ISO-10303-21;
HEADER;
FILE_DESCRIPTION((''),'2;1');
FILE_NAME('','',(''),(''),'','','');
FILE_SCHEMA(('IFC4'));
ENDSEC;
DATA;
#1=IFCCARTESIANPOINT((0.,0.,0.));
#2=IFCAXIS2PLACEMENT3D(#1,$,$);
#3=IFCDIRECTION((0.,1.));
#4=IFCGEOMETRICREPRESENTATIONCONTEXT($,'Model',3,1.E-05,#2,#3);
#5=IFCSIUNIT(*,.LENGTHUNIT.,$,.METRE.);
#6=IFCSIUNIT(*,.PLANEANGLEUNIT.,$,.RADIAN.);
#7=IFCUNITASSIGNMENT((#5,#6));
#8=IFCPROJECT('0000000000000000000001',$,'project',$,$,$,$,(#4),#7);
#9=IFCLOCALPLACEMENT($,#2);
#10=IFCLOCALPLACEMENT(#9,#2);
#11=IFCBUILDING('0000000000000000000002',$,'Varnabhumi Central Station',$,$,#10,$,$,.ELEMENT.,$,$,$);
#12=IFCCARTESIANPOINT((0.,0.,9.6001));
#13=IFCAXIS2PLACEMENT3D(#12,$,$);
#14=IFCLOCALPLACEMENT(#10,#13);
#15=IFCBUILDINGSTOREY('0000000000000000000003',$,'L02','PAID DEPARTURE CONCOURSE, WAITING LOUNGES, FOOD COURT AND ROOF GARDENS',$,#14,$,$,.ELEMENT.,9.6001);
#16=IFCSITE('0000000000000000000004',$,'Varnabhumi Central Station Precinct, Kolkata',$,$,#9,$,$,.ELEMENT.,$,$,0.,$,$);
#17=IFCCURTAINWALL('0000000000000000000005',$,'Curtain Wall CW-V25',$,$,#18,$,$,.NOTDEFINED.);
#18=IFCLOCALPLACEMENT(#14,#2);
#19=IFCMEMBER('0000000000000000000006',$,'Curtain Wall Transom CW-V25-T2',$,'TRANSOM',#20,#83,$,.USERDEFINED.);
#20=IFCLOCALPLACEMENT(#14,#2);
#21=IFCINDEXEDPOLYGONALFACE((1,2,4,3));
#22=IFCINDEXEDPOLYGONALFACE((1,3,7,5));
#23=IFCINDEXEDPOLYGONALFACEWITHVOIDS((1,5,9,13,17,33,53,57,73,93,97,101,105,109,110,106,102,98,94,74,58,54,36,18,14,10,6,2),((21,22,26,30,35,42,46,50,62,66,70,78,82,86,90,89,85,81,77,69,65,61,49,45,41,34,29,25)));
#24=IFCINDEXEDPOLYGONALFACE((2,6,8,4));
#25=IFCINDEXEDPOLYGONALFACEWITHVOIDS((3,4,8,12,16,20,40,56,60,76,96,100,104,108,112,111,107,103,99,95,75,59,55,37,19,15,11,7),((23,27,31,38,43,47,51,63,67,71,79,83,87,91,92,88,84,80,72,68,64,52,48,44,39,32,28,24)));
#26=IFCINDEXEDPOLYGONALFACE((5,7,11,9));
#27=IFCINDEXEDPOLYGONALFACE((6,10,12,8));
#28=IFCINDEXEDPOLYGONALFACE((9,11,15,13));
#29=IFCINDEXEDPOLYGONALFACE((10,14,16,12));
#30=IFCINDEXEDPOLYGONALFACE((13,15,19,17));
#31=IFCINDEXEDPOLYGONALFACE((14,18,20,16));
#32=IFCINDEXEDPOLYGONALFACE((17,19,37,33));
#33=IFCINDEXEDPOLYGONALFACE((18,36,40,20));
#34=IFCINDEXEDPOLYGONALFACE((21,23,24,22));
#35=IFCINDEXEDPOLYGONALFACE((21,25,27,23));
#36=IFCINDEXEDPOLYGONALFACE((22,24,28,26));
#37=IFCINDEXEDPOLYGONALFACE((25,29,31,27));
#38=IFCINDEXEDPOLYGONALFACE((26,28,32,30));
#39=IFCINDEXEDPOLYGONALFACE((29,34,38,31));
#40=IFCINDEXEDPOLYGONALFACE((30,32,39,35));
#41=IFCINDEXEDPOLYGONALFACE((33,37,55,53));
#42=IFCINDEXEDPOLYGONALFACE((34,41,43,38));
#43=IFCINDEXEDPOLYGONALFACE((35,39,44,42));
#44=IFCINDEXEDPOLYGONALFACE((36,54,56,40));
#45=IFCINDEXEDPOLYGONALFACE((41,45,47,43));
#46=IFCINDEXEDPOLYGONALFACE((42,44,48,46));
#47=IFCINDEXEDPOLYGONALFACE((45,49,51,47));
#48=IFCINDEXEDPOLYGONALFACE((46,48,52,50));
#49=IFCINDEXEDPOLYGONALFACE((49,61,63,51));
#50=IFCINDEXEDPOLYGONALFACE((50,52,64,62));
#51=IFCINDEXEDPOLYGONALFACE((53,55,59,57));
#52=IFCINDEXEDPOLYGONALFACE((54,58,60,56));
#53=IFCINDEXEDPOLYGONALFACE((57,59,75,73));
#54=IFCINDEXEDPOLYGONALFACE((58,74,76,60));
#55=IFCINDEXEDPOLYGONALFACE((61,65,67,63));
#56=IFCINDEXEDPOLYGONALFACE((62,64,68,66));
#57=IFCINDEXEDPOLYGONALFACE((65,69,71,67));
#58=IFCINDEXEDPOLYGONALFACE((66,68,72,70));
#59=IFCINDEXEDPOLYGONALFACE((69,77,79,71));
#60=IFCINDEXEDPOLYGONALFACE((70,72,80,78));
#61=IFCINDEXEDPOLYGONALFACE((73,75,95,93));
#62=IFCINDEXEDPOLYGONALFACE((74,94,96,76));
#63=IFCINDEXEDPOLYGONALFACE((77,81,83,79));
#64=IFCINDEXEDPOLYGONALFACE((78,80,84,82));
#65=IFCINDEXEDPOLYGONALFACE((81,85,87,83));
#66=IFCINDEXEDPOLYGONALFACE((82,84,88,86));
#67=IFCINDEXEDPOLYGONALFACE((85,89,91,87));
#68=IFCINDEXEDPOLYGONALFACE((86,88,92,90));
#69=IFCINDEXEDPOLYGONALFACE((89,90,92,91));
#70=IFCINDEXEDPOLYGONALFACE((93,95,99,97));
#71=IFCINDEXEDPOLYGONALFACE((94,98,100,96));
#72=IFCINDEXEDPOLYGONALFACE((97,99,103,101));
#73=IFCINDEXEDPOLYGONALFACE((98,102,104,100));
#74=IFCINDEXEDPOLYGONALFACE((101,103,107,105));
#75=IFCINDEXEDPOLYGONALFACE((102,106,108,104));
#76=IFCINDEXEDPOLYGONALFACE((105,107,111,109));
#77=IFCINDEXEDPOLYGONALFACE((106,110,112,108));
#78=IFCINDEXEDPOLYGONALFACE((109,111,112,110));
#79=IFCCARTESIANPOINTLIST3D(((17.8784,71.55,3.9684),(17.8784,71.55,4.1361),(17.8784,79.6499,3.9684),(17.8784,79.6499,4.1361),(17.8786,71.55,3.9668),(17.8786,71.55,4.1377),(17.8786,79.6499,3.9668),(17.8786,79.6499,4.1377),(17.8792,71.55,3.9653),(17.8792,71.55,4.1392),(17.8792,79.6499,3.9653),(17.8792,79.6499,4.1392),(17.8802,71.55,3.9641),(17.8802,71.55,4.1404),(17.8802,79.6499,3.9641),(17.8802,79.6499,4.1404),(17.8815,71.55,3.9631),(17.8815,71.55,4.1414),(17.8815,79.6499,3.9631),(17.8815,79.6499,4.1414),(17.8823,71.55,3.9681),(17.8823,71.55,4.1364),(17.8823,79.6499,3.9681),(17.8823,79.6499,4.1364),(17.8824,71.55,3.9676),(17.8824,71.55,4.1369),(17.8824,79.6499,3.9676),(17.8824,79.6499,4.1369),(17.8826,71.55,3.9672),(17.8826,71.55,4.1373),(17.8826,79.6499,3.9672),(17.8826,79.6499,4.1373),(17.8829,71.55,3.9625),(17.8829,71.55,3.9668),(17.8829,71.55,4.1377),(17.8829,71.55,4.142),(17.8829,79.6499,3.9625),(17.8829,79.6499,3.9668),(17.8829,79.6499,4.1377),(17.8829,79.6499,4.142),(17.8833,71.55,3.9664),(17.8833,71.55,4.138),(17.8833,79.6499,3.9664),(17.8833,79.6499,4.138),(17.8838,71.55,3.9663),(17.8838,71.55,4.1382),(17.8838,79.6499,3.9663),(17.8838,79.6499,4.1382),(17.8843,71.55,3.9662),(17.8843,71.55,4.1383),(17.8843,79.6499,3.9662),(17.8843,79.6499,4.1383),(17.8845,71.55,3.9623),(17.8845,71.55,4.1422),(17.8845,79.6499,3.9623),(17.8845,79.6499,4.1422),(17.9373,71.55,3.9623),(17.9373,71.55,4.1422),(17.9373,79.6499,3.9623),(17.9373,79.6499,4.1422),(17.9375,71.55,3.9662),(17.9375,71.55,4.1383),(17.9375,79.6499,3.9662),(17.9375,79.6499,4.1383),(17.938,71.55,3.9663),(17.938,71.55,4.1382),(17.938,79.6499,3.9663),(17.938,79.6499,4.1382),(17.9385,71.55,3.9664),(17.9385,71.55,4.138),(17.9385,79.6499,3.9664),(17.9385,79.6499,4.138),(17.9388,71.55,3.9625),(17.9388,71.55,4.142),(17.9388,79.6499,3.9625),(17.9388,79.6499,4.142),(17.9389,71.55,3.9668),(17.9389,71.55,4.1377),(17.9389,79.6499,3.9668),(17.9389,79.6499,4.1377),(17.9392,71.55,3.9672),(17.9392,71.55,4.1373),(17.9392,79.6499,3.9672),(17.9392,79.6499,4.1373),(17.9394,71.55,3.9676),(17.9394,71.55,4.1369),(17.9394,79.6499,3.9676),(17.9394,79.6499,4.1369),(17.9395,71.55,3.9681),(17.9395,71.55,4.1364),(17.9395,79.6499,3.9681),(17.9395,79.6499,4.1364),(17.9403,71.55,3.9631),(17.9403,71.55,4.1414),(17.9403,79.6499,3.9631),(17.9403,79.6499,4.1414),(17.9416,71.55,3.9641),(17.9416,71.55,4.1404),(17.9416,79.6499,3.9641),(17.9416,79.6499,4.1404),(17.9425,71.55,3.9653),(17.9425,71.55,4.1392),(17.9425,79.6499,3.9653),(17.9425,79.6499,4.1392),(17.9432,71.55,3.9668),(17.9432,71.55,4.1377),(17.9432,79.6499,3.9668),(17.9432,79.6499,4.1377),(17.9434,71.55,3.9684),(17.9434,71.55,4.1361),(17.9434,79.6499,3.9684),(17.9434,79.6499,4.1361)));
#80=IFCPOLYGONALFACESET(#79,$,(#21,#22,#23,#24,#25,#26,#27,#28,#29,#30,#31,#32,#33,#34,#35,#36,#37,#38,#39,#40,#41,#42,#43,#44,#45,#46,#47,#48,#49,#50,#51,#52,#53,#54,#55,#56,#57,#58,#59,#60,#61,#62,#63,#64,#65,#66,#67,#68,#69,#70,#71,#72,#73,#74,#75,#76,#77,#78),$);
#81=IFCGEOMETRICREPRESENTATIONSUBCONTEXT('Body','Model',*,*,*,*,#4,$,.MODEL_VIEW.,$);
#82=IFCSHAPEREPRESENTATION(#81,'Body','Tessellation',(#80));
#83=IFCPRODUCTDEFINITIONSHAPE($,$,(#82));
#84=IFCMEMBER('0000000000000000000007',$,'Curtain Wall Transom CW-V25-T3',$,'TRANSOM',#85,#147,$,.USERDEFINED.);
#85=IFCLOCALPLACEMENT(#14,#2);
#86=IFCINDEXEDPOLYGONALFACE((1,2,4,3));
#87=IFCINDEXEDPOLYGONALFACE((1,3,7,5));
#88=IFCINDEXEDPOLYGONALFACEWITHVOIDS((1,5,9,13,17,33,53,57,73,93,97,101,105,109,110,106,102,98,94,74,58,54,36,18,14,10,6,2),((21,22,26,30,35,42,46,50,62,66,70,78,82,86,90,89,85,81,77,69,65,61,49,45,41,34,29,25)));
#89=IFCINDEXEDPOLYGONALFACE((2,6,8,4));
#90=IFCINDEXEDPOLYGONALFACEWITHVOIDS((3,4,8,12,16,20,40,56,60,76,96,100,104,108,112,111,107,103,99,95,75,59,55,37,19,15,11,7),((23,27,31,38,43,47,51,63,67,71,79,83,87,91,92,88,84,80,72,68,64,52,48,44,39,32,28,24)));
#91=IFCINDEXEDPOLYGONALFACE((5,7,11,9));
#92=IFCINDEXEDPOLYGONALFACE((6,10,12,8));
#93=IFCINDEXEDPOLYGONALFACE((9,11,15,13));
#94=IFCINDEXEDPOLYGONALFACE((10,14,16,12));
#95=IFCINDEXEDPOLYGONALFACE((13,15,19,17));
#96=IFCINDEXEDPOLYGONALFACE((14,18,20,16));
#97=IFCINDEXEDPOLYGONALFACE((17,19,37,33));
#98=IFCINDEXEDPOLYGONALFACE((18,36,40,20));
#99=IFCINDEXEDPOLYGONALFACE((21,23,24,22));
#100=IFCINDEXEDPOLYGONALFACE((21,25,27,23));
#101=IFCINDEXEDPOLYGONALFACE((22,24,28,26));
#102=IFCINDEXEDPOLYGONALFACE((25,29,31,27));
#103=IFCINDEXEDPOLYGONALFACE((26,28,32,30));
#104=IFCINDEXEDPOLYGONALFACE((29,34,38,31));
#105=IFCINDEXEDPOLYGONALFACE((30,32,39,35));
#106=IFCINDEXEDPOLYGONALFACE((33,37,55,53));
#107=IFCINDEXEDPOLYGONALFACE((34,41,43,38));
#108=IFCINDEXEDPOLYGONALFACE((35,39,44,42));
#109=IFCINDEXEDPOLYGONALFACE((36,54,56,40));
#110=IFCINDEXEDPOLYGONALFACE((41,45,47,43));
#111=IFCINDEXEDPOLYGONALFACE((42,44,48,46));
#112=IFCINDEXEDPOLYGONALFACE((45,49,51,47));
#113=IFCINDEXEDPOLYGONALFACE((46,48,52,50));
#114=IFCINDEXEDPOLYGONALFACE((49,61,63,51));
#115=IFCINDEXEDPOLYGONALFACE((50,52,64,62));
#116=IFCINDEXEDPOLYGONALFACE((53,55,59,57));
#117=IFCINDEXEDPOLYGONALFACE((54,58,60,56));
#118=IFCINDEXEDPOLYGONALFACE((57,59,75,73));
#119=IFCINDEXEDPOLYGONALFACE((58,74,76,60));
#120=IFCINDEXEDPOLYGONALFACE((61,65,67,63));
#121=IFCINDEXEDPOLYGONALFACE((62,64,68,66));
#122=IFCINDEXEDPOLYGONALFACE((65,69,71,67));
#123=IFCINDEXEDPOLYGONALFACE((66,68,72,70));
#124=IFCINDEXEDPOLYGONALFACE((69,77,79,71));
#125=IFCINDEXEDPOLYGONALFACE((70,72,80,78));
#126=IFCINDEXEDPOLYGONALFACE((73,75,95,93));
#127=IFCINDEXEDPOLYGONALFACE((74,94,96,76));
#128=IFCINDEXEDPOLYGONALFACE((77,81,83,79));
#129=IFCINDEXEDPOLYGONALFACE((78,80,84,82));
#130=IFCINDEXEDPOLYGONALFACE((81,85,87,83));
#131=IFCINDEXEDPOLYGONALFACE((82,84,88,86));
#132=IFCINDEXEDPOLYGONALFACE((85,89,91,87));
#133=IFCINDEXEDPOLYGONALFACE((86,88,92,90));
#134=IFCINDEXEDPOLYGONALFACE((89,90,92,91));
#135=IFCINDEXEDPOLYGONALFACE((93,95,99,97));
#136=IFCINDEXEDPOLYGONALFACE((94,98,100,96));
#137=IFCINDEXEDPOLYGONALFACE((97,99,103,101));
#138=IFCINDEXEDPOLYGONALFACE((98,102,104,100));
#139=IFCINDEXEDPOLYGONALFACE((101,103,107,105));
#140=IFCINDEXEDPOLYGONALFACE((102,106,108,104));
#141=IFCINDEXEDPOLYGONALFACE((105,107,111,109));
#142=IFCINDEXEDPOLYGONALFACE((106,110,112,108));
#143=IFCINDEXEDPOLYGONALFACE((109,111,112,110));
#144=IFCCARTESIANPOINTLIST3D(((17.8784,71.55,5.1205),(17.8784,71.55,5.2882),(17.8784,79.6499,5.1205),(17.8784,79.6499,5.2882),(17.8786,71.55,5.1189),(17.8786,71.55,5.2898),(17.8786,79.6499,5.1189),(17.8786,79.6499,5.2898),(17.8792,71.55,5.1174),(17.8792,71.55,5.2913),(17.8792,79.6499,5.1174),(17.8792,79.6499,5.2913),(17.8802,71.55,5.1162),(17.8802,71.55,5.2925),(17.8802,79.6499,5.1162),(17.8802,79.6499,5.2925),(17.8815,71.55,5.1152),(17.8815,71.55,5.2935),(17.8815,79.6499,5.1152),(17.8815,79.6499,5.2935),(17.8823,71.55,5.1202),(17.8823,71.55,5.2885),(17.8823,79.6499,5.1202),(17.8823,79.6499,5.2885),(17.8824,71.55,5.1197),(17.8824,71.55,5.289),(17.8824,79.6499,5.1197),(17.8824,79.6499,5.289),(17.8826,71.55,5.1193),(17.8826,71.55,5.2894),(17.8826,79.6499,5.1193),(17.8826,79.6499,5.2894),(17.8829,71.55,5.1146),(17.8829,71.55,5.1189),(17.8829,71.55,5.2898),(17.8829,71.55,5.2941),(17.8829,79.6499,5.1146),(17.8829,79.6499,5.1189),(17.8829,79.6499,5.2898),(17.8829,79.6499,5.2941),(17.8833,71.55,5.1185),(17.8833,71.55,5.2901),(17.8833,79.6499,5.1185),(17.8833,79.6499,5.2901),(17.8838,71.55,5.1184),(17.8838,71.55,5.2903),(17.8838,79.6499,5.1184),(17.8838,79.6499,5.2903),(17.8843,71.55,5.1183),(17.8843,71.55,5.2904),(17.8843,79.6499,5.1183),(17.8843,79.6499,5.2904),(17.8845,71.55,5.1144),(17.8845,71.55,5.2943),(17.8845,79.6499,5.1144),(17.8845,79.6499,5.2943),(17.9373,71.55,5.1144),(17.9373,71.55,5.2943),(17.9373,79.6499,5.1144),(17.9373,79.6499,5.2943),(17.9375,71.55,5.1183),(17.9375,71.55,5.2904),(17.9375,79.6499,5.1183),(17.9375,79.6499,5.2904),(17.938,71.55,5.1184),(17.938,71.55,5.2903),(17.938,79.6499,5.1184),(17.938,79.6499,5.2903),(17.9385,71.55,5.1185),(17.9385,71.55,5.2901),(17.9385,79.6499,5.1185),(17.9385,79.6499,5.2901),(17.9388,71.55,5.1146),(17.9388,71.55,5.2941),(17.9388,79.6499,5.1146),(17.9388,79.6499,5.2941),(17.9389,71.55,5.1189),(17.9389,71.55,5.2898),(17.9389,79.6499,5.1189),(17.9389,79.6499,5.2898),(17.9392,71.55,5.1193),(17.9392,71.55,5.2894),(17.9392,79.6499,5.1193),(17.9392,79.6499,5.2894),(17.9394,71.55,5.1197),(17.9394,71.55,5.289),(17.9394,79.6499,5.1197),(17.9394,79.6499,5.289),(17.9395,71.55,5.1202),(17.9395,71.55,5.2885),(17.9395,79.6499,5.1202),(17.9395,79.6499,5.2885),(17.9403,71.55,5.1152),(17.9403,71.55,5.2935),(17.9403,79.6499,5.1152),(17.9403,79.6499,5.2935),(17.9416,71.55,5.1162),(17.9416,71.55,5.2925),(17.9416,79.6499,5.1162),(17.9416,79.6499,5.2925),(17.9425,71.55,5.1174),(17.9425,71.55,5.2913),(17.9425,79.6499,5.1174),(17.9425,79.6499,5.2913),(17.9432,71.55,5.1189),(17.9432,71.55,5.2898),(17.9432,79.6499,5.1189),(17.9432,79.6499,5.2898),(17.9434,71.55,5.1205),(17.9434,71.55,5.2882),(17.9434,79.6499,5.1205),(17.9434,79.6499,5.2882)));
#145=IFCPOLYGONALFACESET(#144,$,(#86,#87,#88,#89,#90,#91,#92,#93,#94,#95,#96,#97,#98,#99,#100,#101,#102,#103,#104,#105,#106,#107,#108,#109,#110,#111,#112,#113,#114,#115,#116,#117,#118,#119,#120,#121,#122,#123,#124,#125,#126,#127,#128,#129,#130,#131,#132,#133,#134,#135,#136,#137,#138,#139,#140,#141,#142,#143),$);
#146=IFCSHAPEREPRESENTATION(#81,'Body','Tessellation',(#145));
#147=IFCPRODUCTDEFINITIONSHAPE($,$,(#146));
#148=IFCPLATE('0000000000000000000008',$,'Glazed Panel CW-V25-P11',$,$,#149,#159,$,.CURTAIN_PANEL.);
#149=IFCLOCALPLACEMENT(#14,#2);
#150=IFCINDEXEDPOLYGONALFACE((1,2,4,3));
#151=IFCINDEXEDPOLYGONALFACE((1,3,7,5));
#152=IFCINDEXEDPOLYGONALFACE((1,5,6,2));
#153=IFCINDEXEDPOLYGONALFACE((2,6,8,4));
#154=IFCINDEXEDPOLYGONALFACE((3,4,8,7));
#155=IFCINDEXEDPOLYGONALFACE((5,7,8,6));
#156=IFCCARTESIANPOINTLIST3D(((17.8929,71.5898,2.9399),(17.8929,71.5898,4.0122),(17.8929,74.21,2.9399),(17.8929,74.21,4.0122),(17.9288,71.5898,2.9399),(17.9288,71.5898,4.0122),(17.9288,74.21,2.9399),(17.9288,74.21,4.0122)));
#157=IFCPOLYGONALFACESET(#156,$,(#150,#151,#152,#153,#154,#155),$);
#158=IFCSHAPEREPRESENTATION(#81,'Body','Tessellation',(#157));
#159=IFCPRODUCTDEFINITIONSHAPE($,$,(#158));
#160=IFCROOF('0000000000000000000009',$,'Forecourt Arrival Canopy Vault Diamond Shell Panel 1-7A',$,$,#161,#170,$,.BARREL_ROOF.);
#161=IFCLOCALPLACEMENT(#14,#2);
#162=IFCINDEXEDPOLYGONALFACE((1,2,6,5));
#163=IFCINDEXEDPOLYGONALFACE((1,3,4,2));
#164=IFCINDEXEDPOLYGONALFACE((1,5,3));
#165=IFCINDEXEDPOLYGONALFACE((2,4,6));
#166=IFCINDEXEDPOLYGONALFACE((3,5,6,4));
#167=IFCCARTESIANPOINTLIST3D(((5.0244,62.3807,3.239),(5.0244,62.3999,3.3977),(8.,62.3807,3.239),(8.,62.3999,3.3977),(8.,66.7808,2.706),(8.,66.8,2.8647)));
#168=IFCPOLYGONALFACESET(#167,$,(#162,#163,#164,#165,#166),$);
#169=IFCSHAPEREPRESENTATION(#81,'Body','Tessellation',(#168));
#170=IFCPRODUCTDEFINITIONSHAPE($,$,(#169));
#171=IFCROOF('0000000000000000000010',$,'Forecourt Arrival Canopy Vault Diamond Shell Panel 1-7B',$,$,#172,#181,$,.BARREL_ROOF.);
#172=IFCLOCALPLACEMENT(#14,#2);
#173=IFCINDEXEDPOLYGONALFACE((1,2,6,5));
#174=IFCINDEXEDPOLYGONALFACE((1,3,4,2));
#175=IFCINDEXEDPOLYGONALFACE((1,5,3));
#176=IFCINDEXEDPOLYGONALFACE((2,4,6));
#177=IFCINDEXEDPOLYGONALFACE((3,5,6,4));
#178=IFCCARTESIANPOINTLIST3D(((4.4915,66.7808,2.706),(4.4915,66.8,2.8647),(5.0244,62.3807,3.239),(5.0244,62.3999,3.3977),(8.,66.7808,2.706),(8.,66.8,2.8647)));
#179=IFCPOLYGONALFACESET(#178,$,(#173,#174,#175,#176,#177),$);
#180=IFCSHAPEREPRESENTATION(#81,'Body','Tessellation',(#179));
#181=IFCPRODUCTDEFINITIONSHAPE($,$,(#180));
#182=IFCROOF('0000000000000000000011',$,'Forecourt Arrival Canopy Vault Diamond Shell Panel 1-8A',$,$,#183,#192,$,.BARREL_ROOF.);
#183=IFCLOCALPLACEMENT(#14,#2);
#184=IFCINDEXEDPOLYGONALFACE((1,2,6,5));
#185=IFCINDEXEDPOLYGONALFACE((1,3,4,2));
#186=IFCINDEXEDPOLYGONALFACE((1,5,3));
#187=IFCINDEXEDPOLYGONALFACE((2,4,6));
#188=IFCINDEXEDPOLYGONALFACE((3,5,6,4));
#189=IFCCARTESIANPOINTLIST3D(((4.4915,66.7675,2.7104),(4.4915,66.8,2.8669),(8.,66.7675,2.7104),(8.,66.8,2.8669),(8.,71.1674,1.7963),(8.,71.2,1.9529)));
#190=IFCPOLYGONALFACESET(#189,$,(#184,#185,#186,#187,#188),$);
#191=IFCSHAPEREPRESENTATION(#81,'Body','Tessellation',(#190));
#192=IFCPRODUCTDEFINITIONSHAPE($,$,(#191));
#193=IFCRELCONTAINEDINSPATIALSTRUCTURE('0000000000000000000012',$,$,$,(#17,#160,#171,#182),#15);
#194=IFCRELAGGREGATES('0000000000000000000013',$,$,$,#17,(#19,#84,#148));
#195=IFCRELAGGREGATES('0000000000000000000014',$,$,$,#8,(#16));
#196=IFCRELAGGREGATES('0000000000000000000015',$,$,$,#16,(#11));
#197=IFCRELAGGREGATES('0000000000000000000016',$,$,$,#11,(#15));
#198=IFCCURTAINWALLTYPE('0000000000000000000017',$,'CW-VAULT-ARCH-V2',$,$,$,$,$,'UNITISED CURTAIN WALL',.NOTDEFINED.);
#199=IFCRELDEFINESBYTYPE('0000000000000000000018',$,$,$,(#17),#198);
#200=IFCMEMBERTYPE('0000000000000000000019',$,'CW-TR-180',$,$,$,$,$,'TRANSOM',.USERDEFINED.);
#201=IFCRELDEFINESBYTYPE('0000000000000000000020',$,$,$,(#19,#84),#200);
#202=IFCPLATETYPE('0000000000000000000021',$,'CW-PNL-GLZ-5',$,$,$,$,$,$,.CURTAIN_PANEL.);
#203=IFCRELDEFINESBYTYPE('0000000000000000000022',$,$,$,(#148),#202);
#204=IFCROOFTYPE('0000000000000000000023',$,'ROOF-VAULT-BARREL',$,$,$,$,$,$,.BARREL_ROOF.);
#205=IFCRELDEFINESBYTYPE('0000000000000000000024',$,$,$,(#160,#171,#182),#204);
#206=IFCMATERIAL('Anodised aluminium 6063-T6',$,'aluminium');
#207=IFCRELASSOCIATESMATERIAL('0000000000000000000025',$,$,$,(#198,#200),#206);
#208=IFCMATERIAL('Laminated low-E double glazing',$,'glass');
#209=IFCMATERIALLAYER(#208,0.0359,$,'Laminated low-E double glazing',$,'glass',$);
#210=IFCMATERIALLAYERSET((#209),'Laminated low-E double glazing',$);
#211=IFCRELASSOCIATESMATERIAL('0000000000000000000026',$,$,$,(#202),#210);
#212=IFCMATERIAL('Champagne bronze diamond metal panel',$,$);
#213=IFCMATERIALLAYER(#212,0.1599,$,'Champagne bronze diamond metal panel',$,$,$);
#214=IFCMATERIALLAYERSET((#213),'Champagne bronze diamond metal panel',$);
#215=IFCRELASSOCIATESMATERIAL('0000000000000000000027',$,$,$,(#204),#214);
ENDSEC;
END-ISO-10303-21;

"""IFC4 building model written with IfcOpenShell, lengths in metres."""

from ifc_helpers import new_model, si_unit, direction, frame, origin, origin_2d, place, context, subcontext, project, spatial, polyline, rectangle, hollow_rectangle, outline, extrude, material, layer, layer_set, material_profile, profile_set, type_object, element, aggregate, save


model = new_model("IFC4")

# Units and contexts
model_context = context("Model", 3, precision=1e-05, world=origin(), true_north=direction((0.0, 1.0)))
body_context = subcontext(model_context, "Body", "Model", "MODEL_VIEW")
ifc_project = project(units=[si_unit("LENGTHUNIT", "METRE"), si_unit("PLANEANGLEUNIT", "RADIAN")], contexts=[model_context])

# Site, building, storey
site_placement = place(None, origin())
site = spatial("IfcSite", under=ifc_project, at=site_placement, Name="Varnabhumi Central Station Precinct, Kolkata", CompositionType="ELEMENT", RefElevation=0.0)
building_placement = place(site_placement, origin())
building = spatial("IfcBuilding", under=site, at=building_placement, Name="Varnabhumi Central Station", CompositionType="ELEMENT")
storey_placement = place(building_placement, frame((0.0, 0.0, 9.6001)))
storey = spatial("IfcBuildingStorey", under=building, at=storey_placement, Name="L02", Description="PAID DEPARTURE CONCOURSE, WAITING LOUNGES, FOOD COURT AND ROOF GARDENS", CompositionType="ELEMENT", Elevation=9.6001)

# Curtain wall, members, plate
ifc_material_1 = material(Name="Anodised aluminium 6063-T6", Category="aluminium")
curtain_wall_type = type_object("IfcCurtainWallType", Name="CW-VAULT-ARCH-V2", ElementType="UNITISED CURTAIN WALL", PredefinedType="NOTDEFINED", material=ifc_material_1)
curtain_wall_placement = place(storey_placement, origin())
curtain_wall = element("IfcCurtainWall", 1, at=curtain_wall_placement, inside=storey, type_object=curtain_wall_type, Name="Curtain Wall CW-V25", PredefinedType="NOTDEFINED")
ifc_material_profile_1 = material_profile(ifc_material_1, hollow_rectangle(XDim=0.0649, YDim=0.1799, WallThickness=0.0039, InnerFilletRadius=0.002, OuterFilletRadius=0.0061, at=origin_2d()), Name="Anodised aluminium 6063-T6", Category="aluminium")
ifc_profile_set_1 = profile_set([ifc_material_profile_1], Name="Anodised aluminium 6063-T6")
member_type_1 = type_object("IfcMemberType", Name="CW-TR-180", ElementType="TRANSOM", PredefinedType="USERDEFINED", material=ifc_profile_set_1)
member_1_placement = place(storey_placement, frame((17.9109, 71.55, 4.0522), z_axis=(0.0, 1.0, 0.0), x_axis=(-1.0, 0.0, 0.0)))
member_1 = element("IfcMember", 2, at=member_1_placement, type_object=member_type_1, Name="Curtain Wall Transom CW-V25-T2", ObjectType="TRANSOM", PredefinedType="USERDEFINED", context=body_context, shape_type="SweptSolid", body=[
    extrude(hollow_rectangle(XDim=0.0649, YDim=0.1799, WallThickness=0.0039, InnerFilletRadius=0.002, OuterFilletRadius=0.0061, at=origin_2d()), origin(), (0.0, 0.0, 1.0), 8.0999),
])
member_2_placement = place(storey_placement, frame((17.9109, 71.55, 5.2043), z_axis=(0.0, 1.0, 0.0), x_axis=(-1.0, 0.0, 0.0)))
member_2 = element("IfcMember", 3, at=member_2_placement, type_object=member_type_1, Name="Curtain Wall Transom CW-V25-T3", ObjectType="TRANSOM", PredefinedType="USERDEFINED", context=body_context, shape_type="SweptSolid", body=[
    extrude(hollow_rectangle(XDim=0.0649, YDim=0.1799, WallThickness=0.0039, InnerFilletRadius=0.002, OuterFilletRadius=0.0061, at=origin_2d()), origin(), (0.0, 0.0, 1.0), 8.0999),
])
ifc_material_2 = material(Name="Laminated low-E double glazing", Category="glass")
ifc_layer_1 = layer(ifc_material_2, 0.0359, Name="Laminated low-E double glazing", Category="glass")
ifc_layer_set_1 = layer_set([ifc_layer_1], Name="Laminated low-E double glazing")
plate_type = type_object("IfcPlateType", Name="CW-PNL-GLZ-5", PredefinedType="CURTAIN_PANEL", material=ifc_layer_set_1)
plate_placement = place(storey_placement, frame((17.9109, 72.8999, 2.9399), z_axis=(0.0, 0.0, 1.0), x_axis=(0.0, 1.0, 0.0)))
plate = element("IfcPlate", 4, at=plate_placement, type_object=plate_type, Name="Glazed Panel CW-V25-P11", PredefinedType="CURTAIN_PANEL", context=body_context, shape_type="SweptSolid", body=[
    extrude(rectangle(XDim=2.6201, YDim=0.0359, at=origin_2d()), origin(), (0.0, 0.0, 1.0), 1.0723),
])
aggregate(curtain_wall, [member_1, member_2, plate])

# Roofs
ifc_material_3 = material(Name="Champagne bronze diamond metal panel")
ifc_layer_2 = layer(ifc_material_3, 0.1599, Name="Champagne bronze diamond metal panel")
ifc_layer_set_2 = layer_set([ifc_layer_2], Name="Champagne bronze diamond metal panel")
roof_type = type_object("IfcRoofType", Name="ROOF-VAULT-BARREL", PredefinedType="BARREL_ROOF", material=ifc_layer_set_2)
roof_1_placement = place(storey_placement, frame((5.0244, 62.3999, 3.3977), z_axis=(0.0, 0.120244, 0.992744), x_axis=(1.0, 0.0, 0.0)))
element("IfcRoof", 5, at=roof_1_placement, inside=storey, type_object=roof_type, Name="Forecourt Arrival Canopy Vault Diamond Shell Panel 1-7A", PredefinedType="BARREL_ROOF", context=body_context, shape_type="SweptSolid", body=[
    extrude(outline(polyline([(0.0, 0.0), (2.9756, 0.0), (2.9756, 4.4323), (0.0, 0.0)])), origin(), (0.0, 0.0, -1.0), 0.1599),
])
roof_2_placement = place(storey_placement, frame((5.0244, 62.3999, 3.3977), z_axis=(0.0, 0.120244, 0.992744), x_axis=(0.557384, 0.824231, -0.099833)))
element("IfcRoof", 6, at=roof_2_placement, inside=storey, type_object=roof_type, Name="Forecourt Arrival Canopy Vault Diamond Shell Panel 1-7B", PredefinedType="BARREL_ROOF", context=body_context, shape_type="SweptSolid", body=[
    extrude(outline(polyline([(0.0, 0.0), (5.3385, 0.0), (3.3829, 2.913), (0.0, 0.0)])), origin(), (0.0, 0.0, -1.0), 0.1599),
])
roof_3_placement = place(storey_placement, frame((4.4915, 66.8, 2.8669), z_axis=(0.0, 0.203403, 0.979095), x_axis=(1.0, 0.0, 0.0)))
element("IfcRoof", 7, at=roof_3_placement, inside=storey, type_object=roof_type, Name="Forecourt Arrival Canopy Vault Diamond Shell Panel 1-8A", PredefinedType="BARREL_ROOF", context=body_context, shape_type="SweptSolid", body=[
    extrude(outline(polyline([(0.0, 0.0), (3.5085, 0.0), (3.5085, 4.4938), (0.0, 0.0)])), origin(), (0.0, 0.0, -1.0), 0.1599),
])

save(model, "model.ifc")
